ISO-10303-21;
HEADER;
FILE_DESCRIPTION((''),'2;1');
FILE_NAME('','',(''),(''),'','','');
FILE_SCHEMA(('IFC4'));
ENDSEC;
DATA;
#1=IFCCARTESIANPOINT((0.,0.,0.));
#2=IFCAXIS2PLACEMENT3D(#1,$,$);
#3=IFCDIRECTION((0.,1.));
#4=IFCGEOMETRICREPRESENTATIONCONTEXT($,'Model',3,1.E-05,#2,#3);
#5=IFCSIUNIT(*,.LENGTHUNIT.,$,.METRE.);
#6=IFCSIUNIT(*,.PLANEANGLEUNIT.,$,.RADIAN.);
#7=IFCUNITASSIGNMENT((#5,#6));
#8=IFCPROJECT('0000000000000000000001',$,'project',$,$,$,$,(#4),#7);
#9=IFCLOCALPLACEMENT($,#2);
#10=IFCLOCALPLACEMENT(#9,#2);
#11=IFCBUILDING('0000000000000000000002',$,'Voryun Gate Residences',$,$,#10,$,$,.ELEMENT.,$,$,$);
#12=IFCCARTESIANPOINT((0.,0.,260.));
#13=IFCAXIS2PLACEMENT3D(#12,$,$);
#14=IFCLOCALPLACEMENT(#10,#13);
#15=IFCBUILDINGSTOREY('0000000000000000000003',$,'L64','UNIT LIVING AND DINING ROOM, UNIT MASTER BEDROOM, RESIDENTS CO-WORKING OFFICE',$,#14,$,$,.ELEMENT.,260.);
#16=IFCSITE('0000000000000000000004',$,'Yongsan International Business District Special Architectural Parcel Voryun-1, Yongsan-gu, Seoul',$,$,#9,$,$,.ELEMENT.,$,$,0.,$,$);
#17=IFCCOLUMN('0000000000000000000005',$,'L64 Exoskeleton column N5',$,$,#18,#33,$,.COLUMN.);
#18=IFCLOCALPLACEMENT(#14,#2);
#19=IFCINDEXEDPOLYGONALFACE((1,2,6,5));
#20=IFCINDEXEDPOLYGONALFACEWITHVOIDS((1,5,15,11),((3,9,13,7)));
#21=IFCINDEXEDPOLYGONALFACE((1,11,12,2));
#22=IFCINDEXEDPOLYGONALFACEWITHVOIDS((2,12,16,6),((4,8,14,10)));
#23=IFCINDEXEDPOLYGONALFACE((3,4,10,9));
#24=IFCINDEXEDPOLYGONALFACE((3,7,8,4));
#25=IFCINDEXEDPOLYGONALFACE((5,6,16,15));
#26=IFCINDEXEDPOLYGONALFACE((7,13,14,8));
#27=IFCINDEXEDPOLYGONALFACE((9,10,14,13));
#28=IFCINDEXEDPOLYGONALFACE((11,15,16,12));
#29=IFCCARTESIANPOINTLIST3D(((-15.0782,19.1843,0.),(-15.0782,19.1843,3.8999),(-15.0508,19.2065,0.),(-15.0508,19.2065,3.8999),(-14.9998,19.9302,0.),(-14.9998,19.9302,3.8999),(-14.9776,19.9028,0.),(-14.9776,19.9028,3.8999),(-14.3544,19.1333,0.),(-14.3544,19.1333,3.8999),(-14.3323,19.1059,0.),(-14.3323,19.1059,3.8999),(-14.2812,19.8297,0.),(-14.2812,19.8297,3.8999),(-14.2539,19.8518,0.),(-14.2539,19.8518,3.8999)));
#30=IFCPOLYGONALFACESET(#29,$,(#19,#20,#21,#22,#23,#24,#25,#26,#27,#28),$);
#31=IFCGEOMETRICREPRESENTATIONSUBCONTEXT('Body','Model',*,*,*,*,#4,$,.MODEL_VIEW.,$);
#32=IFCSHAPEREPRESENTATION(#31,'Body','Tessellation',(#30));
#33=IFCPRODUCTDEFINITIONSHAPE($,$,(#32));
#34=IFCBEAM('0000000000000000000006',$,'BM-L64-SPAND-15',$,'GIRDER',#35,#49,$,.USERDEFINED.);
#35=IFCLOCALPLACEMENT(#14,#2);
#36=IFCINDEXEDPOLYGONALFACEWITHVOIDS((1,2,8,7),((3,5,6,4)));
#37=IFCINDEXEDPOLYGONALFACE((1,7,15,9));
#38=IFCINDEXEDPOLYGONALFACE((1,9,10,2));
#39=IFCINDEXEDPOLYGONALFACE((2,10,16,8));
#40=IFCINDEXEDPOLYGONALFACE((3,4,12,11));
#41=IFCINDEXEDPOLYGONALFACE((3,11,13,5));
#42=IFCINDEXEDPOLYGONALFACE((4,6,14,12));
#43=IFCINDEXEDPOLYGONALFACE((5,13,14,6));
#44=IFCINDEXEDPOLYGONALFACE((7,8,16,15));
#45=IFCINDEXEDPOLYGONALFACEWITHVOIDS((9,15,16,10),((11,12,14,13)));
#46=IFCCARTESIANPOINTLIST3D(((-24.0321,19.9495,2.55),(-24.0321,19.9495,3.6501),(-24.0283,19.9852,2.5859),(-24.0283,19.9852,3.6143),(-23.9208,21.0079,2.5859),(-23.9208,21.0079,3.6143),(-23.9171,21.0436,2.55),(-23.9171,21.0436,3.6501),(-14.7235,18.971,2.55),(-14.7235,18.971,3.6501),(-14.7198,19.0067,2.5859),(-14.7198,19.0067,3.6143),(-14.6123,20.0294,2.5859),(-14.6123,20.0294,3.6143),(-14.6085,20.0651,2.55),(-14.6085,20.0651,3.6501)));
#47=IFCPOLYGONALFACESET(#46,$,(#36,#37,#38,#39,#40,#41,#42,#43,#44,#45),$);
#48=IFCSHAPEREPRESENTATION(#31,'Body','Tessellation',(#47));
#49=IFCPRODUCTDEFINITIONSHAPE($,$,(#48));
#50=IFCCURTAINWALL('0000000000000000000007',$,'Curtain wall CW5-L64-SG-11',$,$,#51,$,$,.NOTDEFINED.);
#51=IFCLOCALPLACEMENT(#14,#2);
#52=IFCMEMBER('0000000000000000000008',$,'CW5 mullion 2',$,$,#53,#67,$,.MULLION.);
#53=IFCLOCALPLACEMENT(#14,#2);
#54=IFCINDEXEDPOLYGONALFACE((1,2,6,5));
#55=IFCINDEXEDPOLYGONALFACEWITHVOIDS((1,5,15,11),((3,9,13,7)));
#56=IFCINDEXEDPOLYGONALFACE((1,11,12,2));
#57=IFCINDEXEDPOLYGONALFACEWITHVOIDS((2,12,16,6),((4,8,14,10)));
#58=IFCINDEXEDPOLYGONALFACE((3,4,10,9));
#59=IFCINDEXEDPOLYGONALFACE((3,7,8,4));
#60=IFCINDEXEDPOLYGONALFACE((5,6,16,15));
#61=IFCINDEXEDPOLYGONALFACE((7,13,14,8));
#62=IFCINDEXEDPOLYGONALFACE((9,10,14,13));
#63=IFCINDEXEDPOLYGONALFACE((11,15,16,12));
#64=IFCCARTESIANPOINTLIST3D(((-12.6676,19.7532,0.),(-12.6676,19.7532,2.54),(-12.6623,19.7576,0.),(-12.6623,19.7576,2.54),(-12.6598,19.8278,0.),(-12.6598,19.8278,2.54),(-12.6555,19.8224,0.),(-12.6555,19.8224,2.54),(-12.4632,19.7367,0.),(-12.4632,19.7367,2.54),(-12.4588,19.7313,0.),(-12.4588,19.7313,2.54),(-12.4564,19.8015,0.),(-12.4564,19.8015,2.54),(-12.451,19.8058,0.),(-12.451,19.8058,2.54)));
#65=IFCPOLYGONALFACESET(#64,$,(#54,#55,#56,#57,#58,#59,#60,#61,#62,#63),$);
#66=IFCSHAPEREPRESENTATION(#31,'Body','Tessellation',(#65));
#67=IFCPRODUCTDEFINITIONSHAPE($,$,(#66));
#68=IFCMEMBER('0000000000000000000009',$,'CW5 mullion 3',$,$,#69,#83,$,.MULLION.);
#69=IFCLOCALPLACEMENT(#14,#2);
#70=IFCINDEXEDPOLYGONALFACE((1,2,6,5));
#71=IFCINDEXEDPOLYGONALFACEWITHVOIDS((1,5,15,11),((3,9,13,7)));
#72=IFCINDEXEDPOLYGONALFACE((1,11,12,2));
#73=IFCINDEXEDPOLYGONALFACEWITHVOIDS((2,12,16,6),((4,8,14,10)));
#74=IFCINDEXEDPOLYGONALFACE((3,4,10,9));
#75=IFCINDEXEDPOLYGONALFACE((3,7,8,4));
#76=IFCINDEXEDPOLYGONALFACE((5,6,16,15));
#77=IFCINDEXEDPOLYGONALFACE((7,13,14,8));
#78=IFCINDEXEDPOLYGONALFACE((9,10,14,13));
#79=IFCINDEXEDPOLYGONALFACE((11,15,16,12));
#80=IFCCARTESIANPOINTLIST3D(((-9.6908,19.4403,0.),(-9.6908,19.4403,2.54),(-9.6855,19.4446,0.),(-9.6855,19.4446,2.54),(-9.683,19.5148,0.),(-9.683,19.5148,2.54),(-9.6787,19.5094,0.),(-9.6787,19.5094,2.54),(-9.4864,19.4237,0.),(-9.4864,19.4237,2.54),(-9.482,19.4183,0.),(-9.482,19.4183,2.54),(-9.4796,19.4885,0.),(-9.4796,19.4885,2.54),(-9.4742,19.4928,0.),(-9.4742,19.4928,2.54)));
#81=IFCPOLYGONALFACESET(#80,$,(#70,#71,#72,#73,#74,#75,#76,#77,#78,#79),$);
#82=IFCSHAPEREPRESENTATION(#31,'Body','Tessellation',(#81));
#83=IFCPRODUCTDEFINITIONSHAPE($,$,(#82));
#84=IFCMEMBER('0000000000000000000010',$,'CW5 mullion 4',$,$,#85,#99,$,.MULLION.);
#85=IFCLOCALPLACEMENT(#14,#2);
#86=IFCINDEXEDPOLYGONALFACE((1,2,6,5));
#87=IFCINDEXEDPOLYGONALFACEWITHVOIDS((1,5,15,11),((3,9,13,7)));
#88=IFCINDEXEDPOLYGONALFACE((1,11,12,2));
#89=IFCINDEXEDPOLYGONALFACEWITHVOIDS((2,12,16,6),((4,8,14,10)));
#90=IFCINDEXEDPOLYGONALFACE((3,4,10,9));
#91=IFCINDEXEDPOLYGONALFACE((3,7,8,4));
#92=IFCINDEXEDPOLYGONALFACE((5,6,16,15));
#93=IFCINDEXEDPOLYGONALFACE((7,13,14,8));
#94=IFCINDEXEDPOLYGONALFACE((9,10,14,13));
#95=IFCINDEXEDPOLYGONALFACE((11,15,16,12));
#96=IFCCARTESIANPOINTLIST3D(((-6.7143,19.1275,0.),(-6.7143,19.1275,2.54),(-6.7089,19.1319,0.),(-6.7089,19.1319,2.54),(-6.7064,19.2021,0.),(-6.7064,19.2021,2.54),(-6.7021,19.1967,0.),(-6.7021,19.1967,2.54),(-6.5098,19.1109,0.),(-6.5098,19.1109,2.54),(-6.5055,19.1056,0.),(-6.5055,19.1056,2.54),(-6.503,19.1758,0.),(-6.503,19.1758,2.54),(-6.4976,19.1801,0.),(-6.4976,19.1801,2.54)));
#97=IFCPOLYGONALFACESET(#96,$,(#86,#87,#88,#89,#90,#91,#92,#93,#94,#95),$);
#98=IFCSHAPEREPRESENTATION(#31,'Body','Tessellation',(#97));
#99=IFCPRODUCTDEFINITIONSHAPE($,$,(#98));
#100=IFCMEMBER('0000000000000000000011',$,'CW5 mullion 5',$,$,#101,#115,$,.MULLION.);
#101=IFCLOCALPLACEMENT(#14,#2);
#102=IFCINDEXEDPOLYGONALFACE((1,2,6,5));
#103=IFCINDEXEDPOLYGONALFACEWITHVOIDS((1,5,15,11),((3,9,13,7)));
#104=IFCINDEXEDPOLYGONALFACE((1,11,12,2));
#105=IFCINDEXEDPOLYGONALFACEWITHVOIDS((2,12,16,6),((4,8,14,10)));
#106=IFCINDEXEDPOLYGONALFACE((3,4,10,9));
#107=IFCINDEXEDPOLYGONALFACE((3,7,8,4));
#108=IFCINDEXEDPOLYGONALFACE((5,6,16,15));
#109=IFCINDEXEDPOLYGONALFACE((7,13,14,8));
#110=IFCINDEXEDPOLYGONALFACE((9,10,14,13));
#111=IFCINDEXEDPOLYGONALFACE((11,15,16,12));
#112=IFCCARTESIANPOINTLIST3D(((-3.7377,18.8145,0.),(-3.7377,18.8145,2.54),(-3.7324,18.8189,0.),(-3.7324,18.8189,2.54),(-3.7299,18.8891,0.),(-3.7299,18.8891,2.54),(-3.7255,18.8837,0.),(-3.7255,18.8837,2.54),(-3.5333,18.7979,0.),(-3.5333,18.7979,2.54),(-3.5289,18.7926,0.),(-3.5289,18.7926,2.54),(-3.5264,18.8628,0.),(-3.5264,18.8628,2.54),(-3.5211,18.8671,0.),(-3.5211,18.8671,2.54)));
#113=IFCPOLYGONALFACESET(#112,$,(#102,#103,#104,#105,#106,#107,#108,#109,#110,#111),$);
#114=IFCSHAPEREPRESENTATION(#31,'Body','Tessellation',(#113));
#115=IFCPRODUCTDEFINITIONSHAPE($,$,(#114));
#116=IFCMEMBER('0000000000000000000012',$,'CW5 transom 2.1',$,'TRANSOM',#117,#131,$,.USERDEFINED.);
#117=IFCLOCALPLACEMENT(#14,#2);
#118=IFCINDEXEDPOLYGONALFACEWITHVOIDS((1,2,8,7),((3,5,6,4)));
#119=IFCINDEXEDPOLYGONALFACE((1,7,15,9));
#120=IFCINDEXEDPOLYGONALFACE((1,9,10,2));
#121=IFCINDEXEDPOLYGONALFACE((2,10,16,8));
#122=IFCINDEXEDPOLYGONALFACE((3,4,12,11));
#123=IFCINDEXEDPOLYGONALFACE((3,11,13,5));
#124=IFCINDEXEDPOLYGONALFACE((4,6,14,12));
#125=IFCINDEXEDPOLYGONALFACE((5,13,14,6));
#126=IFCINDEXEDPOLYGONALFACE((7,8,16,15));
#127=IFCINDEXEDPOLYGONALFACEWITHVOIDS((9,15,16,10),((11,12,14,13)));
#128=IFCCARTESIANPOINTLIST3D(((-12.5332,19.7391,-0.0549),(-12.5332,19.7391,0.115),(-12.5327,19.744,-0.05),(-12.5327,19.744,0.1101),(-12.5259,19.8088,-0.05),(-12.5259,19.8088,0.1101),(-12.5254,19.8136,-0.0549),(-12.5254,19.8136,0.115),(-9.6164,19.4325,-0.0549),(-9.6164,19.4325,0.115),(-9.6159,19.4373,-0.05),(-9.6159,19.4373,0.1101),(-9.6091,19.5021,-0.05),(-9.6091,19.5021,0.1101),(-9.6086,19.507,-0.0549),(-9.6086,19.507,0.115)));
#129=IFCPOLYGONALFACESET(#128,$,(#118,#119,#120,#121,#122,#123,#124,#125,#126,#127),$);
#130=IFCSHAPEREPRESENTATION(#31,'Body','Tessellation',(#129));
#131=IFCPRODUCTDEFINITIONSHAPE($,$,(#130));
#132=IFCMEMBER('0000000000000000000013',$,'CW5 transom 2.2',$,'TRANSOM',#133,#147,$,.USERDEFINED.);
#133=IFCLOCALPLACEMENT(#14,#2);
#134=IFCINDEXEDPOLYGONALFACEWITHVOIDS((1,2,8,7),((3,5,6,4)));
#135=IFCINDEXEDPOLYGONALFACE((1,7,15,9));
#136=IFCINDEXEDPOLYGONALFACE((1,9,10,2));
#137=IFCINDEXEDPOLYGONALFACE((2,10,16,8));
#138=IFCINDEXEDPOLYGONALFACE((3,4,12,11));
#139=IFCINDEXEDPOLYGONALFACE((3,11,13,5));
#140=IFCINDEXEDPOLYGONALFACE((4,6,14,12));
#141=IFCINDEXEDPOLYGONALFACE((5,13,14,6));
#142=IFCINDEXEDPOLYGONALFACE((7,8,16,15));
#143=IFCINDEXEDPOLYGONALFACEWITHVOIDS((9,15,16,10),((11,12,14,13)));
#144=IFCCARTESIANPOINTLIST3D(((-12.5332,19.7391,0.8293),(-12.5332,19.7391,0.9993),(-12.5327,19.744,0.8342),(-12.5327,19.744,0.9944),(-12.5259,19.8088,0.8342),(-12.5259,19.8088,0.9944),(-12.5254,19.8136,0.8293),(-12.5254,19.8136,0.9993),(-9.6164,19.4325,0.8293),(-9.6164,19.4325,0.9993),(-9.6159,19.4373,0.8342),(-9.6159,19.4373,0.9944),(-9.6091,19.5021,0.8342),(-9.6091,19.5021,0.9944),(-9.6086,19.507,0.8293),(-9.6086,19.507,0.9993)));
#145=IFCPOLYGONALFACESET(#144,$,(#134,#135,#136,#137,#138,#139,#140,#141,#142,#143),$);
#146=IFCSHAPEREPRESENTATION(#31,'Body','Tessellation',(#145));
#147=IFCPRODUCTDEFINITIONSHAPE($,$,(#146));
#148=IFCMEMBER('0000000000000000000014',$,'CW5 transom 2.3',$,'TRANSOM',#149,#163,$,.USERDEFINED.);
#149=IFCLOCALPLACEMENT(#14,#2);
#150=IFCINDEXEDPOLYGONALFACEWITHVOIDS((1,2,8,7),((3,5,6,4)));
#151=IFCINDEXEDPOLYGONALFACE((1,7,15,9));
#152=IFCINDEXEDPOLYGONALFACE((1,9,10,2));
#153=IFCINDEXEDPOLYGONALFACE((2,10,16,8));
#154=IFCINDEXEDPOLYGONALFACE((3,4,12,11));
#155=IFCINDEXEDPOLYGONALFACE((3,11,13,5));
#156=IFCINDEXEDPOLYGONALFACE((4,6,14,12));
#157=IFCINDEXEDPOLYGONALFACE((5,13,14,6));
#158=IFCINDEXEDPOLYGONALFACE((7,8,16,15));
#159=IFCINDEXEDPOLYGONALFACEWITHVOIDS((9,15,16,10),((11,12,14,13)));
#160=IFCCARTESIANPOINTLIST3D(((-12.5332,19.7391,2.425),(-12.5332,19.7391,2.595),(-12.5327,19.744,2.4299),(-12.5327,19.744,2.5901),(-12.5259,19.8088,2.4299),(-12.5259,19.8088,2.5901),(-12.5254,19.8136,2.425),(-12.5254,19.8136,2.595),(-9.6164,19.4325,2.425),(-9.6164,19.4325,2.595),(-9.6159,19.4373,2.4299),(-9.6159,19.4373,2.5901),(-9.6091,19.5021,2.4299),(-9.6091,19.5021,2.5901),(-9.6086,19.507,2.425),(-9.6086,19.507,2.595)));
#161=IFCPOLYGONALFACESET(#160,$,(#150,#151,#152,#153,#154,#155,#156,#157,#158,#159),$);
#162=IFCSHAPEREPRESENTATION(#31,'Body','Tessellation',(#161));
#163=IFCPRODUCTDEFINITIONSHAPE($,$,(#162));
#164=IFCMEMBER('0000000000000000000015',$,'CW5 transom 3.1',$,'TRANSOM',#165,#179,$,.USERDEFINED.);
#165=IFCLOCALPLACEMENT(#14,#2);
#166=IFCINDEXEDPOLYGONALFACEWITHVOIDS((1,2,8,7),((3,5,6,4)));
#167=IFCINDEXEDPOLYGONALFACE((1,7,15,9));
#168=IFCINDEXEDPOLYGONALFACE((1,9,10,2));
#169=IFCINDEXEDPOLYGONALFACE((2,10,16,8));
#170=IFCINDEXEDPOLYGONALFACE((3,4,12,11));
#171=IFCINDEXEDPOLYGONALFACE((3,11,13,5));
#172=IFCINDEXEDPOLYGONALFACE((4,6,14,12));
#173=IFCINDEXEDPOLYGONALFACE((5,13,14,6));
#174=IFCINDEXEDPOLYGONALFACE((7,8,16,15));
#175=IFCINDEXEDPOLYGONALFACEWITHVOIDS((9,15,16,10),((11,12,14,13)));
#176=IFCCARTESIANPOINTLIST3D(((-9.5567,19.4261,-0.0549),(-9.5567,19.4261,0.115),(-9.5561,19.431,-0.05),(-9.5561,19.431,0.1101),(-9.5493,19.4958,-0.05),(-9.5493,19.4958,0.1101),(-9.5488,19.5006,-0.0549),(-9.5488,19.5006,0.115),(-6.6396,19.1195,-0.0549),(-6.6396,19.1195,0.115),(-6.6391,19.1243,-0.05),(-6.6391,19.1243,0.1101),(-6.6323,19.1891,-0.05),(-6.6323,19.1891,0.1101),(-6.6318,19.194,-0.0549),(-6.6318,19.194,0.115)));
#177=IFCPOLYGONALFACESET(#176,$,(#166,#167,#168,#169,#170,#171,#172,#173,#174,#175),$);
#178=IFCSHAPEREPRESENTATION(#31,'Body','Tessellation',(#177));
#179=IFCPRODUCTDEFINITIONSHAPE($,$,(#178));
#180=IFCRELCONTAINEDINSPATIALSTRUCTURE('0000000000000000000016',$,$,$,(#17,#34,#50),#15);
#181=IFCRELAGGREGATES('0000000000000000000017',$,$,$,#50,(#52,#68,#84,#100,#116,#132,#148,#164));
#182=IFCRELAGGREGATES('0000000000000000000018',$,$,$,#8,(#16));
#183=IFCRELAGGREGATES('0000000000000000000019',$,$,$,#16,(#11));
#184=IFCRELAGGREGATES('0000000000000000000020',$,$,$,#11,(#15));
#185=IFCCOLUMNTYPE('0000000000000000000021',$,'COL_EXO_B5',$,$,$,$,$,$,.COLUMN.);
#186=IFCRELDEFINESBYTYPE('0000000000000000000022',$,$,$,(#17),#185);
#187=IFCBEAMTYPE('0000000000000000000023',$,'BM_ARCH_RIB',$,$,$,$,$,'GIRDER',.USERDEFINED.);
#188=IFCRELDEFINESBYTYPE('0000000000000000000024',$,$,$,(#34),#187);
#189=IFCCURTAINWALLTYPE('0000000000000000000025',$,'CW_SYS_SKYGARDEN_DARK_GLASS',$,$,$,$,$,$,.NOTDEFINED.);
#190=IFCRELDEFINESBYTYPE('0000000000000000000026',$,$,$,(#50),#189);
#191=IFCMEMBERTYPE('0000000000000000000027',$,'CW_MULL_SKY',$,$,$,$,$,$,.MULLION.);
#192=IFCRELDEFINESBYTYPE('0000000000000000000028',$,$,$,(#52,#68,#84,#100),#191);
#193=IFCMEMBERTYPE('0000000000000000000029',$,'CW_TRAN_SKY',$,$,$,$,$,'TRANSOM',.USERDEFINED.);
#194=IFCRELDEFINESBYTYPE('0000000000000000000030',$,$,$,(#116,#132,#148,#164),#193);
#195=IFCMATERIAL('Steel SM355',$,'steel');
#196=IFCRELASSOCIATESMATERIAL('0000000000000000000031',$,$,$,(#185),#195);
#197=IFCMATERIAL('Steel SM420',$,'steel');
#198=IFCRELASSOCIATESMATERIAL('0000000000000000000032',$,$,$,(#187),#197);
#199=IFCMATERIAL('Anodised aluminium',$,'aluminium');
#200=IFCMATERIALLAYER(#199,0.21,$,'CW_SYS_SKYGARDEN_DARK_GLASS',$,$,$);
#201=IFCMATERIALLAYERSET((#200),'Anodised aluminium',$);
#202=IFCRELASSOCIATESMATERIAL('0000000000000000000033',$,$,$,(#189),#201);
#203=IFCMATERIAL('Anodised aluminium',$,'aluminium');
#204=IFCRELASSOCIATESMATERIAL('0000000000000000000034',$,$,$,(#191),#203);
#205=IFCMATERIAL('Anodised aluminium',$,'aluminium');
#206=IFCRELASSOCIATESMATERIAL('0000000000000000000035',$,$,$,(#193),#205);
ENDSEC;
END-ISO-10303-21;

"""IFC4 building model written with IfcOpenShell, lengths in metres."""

from ifc_helpers import new_model, si_unit, direction, frame, origin, origin_2d, place, context, subcontext, project, spatial, hollow_rectangle, extrude, material, layer, layer_set, material_profile, profile_set, type_object, element, aggregate, save


model = new_model("IFC4")

# Units and contexts
model_context = context("Model", 3, precision=1e-05, world=origin(), true_north=direction((0.0, 1.0)))
body_context = subcontext(model_context, "Body", "Model", "MODEL_VIEW")
ifc_project = project(units=[si_unit("LENGTHUNIT", "METRE"), si_unit("PLANEANGLEUNIT", "RADIAN")], contexts=[model_context])

# Site, building, storey
site_placement = place(None, origin())
site = spatial("IfcSite", under=ifc_project, at=site_placement, Name="Yongsan International Business District Special Architectural Parcel Voryun-1, Yongsan-gu, Seoul", CompositionType="ELEMENT", RefElevation=0.0)
building_placement = place(site_placement, origin())
building = spatial("IfcBuilding", under=site, at=building_placement, Name="Voryun Gate Residences", CompositionType="ELEMENT")
storey_placement = place(building_placement, frame((0.0, 0.0, 260.0)))
storey = spatial("IfcBuildingStorey", under=building, at=storey_placement, Name="L64", Description="UNIT LIVING AND DINING ROOM, UNIT MASTER BEDROOM, RESIDENTS CO-WORKING OFFICE", CompositionType="ELEMENT", Elevation=260.0)

# Column
ifc_material_1 = material(Name="Steel SM355", Category="steel")
ifc_material_profile_1 = material_profile(ifc_material_1, hollow_rectangle(XDim=0.75, YDim=0.75, WallThickness=0.0249, at=origin_2d()), Name="BOX-750x750x25")
ifc_profile_set_1 = profile_set([ifc_material_profile_1], Name="Steel SM355")
column_type = type_object("IfcColumnType", Name="COL_EXO_B5", PredefinedType="COLUMN", material=ifc_profile_set_1)
column_placement = place(storey_placement, frame((-14.666, 19.5181, 0.0), z_axis=(0.0, 0.0, 1.0), x_axis=(0.994522, -0.104528, 0.0)))
element("IfcColumn", 1, at=column_placement, inside=storey, type_object=column_type, Name="L64 Exoskeleton column N5", PredefinedType="COLUMN", context=body_context, shape_type="SweptSolid", body=[
    extrude(hollow_rectangle(XDim=0.75, YDim=0.75, WallThickness=0.0249, at=origin_2d()), origin(), (0.0, 0.0, 1.0), 3.8999),
])

# Beam
ifc_material_2 = material(Name="Steel SM420", Category="steel")
ifc_material_profile_2 = material_profile(ifc_material_2, hollow_rectangle(XDim=1.1001, YDim=1.1001, WallThickness=0.0359, at=origin_2d()), Name="BOX-1100x1100x36")
ifc_profile_set_2 = profile_set([ifc_material_profile_2], Name="Steel SM420")
beam_type = type_object("IfcBeamType", Name="BM_ARCH_RIB", ElementType="GIRDER", PredefinedType="USERDEFINED", material=ifc_profile_set_2)
beam_placement = place(storey_placement, frame((-14.666, 19.5181, 3.1001), z_axis=(-0.99452, 0.104544, 0.0), x_axis=(-0.104544, -0.99452, 0.0)))
element("IfcBeam", 2, at=beam_placement, inside=storey, type_object=beam_type, Name="BM-L64-SPAND-15", ObjectType="GIRDER", PredefinedType="USERDEFINED", context=body_context, shape_type="SweptSolid", body=[
    extrude(hollow_rectangle(XDim=1.1001, YDim=1.1001, WallThickness=0.0359, at=origin_2d()), origin(), (0.0, 0.0, 1.0), 9.3599),
])

# Curtain wall, members
ifc_material_3 = material(Name="Anodised aluminium", Category="aluminium")
ifc_layer_1 = layer(ifc_material_3, 0.21, Name="CW_SYS_SKYGARDEN_DARK_GLASS")
ifc_layer_set_1 = layer_set([ifc_layer_1], Name="Anodised aluminium")
curtain_wall_type = type_object("IfcCurtainWallType", Name="CW_SYS_SKYGARDEN_DARK_GLASS", PredefinedType="NOTDEFINED", material=ifc_layer_set_1)
curtain_wall_placement = place(storey_placement, origin())
curtain_wall = element("IfcCurtainWall", 3, at=curtain_wall_placement, inside=storey, type_object=curtain_wall_type, Name="Curtain wall CW5-L64-SG-11", PredefinedType="NOTDEFINED")
ifc_material_4 = material(Name="Anodised aluminium", Category="aluminium")
ifc_material_profile_3 = material_profile(ifc_material_4, hollow_rectangle(XDim=0.075, YDim=0.21, WallThickness=0.0049, at=origin_2d()), Name="ALU-MULL-210x75x5")
ifc_profile_set_3 = profile_set([ifc_material_profile_3], Name="Anodised aluminium")
member_type_1 = type_object("IfcMemberType", Name="CW_MULL_SKY", PredefinedType="MULLION", material=ifc_profile_set_3)
member_1_placement = place(storey_placement, frame((-12.5593, 19.7795, 0.0), z_axis=(0.0, 0.0, 1.0), x_axis=(0.104532, 0.994521, 0.0)))
member_1 = element("IfcMember", 4, at=member_1_placement, type_object=member_type_1, Name="CW5 mullion 2", PredefinedType="MULLION", context=body_context, shape_type="SweptSolid", body=[
    extrude(hollow_rectangle(XDim=0.075, YDim=0.21, WallThickness=0.0049, at=origin_2d()), origin(), (0.0, 0.0, 1.0), 2.54),
])
member_2_placement = place(storey_placement, frame((-9.5825, 19.4666, 0.0), z_axis=(0.0, 0.0, 1.0), x_axis=(0.104532, 0.994521, 0.0)))
member_2 = element("IfcMember", 5, at=member_2_placement, type_object=member_type_1, Name="CW5 mullion 3", PredefinedType="MULLION", context=body_context, shape_type="SweptSolid", body=[
    extrude(hollow_rectangle(XDim=0.075, YDim=0.21, WallThickness=0.0049, at=origin_2d()), origin(), (0.0, 0.0, 1.0), 2.54),
])
member_3_placement = place(storey_placement, frame((-6.606, 19.1538, 0.0), z_axis=(0.0, 0.0, 1.0), x_axis=(0.104532, 0.994521, 0.0)))
member_3 = element("IfcMember", 6, at=member_3_placement, type_object=member_type_1, Name="CW5 mullion 4", PredefinedType="MULLION", context=body_context, shape_type="SweptSolid", body=[
    extrude(hollow_rectangle(XDim=0.075, YDim=0.21, WallThickness=0.0049, at=origin_2d()), origin(), (0.0, 0.0, 1.0), 2.54),
])
member_4_placement = place(storey_placement, frame((-3.6294, 18.8408, 0.0), z_axis=(0.0, 0.0, 1.0), x_axis=(0.104532, 0.994521, 0.0)))
member_4 = element("IfcMember", 7, at=member_4_placement, type_object=member_type_1, Name="CW5 mullion 5", PredefinedType="MULLION", context=body_context, shape_type="SweptSolid", body=[
    extrude(hollow_rectangle(XDim=0.075, YDim=0.21, WallThickness=0.0049, at=origin_2d()), origin(), (0.0, 0.0, 1.0), 2.54),
])
ifc_material_5 = material(Name="Anodised aluminium", Category="aluminium")
ifc_material_profile_4 = material_profile(ifc_material_5, hollow_rectangle(XDim=0.075, YDim=0.1699, WallThickness=0.0049, at=origin_2d()), Name="ALU-TRAN-170x75x5")
ifc_profile_set_4 = profile_set([ifc_material_profile_4], Name="Anodised aluminium")
member_type_2 = type_object("IfcMemberType", Name="CW_TRAN_SKY", ElementType="TRANSOM", PredefinedType="USERDEFINED", material=ifc_profile_set_4)
member_5_placement = place(storey_placement, frame((-12.5293, 19.7764, 0.03), z_axis=(0.994519, -0.104555, 0.0), x_axis=(0.104555, 0.994519, 0.0)))
member_5 = element("IfcMember", 8, at=member_5_placement, type_object=member_type_2, Name="CW5 transom 2.1", ObjectType="TRANSOM", PredefinedType="USERDEFINED", context=body_context, shape_type="SweptSolid", body=[
    extrude(hollow_rectangle(XDim=0.075, YDim=0.1699, WallThickness=0.0049, at=origin_2d()), origin(), (0.0, 0.0, 1.0), 2.9329),
])
member_6_placement = place(storey_placement, frame((-12.5293, 19.7764, 0.9143), z_axis=(0.994519, -0.104555, 0.0), x_axis=(0.104555, 0.994519, 0.0)))
member_6 = element("IfcMember", 9, at=member_6_placement, type_object=member_type_2, Name="CW5 transom 2.2", ObjectType="TRANSOM", PredefinedType="USERDEFINED", context=body_context, shape_type="SweptSolid", body=[
    extrude(hollow_rectangle(XDim=0.075, YDim=0.1699, WallThickness=0.0049, at=origin_2d()), origin(), (0.0, 0.0, 1.0), 2.9329),
])
member_7_placement = place(storey_placement, frame((-12.5293, 19.7764, 2.51), z_axis=(0.994519, -0.104555, 0.0), x_axis=(0.104555, 0.994519, 0.0)))
member_7 = element("IfcMember", 10, at=member_7_placement, type_object=member_type_2, Name="CW5 transom 2.3", ObjectType="TRANSOM", PredefinedType="USERDEFINED", context=body_context, shape_type="SweptSolid", body=[
    extrude(hollow_rectangle(XDim=0.075, YDim=0.1699, WallThickness=0.0049, at=origin_2d()), origin(), (0.0, 0.0, 1.0), 2.9329),
])
member_8_placement = place(storey_placement, frame((-9.5527, 19.4634, 0.03), z_axis=(0.99452, -0.104546, 0.0), x_axis=(0.104546, 0.99452, 0.0)))
member_8 = element("IfcMember", 11, at=member_8_placement, type_object=member_type_2, Name="CW5 transom 3.1", ObjectType="TRANSOM", PredefinedType="USERDEFINED", context=body_context, shape_type="SweptSolid", body=[
    extrude(hollow_rectangle(XDim=0.075, YDim=0.1699, WallThickness=0.0049, at=origin_2d()), origin(), (0.0, 0.0, 1.0), 2.9331),
])

aggregate(curtain_wall, [member_1, member_2, member_3, member_4, member_5, member_6, member_7, member_8])

save(model, "model.ifc")
